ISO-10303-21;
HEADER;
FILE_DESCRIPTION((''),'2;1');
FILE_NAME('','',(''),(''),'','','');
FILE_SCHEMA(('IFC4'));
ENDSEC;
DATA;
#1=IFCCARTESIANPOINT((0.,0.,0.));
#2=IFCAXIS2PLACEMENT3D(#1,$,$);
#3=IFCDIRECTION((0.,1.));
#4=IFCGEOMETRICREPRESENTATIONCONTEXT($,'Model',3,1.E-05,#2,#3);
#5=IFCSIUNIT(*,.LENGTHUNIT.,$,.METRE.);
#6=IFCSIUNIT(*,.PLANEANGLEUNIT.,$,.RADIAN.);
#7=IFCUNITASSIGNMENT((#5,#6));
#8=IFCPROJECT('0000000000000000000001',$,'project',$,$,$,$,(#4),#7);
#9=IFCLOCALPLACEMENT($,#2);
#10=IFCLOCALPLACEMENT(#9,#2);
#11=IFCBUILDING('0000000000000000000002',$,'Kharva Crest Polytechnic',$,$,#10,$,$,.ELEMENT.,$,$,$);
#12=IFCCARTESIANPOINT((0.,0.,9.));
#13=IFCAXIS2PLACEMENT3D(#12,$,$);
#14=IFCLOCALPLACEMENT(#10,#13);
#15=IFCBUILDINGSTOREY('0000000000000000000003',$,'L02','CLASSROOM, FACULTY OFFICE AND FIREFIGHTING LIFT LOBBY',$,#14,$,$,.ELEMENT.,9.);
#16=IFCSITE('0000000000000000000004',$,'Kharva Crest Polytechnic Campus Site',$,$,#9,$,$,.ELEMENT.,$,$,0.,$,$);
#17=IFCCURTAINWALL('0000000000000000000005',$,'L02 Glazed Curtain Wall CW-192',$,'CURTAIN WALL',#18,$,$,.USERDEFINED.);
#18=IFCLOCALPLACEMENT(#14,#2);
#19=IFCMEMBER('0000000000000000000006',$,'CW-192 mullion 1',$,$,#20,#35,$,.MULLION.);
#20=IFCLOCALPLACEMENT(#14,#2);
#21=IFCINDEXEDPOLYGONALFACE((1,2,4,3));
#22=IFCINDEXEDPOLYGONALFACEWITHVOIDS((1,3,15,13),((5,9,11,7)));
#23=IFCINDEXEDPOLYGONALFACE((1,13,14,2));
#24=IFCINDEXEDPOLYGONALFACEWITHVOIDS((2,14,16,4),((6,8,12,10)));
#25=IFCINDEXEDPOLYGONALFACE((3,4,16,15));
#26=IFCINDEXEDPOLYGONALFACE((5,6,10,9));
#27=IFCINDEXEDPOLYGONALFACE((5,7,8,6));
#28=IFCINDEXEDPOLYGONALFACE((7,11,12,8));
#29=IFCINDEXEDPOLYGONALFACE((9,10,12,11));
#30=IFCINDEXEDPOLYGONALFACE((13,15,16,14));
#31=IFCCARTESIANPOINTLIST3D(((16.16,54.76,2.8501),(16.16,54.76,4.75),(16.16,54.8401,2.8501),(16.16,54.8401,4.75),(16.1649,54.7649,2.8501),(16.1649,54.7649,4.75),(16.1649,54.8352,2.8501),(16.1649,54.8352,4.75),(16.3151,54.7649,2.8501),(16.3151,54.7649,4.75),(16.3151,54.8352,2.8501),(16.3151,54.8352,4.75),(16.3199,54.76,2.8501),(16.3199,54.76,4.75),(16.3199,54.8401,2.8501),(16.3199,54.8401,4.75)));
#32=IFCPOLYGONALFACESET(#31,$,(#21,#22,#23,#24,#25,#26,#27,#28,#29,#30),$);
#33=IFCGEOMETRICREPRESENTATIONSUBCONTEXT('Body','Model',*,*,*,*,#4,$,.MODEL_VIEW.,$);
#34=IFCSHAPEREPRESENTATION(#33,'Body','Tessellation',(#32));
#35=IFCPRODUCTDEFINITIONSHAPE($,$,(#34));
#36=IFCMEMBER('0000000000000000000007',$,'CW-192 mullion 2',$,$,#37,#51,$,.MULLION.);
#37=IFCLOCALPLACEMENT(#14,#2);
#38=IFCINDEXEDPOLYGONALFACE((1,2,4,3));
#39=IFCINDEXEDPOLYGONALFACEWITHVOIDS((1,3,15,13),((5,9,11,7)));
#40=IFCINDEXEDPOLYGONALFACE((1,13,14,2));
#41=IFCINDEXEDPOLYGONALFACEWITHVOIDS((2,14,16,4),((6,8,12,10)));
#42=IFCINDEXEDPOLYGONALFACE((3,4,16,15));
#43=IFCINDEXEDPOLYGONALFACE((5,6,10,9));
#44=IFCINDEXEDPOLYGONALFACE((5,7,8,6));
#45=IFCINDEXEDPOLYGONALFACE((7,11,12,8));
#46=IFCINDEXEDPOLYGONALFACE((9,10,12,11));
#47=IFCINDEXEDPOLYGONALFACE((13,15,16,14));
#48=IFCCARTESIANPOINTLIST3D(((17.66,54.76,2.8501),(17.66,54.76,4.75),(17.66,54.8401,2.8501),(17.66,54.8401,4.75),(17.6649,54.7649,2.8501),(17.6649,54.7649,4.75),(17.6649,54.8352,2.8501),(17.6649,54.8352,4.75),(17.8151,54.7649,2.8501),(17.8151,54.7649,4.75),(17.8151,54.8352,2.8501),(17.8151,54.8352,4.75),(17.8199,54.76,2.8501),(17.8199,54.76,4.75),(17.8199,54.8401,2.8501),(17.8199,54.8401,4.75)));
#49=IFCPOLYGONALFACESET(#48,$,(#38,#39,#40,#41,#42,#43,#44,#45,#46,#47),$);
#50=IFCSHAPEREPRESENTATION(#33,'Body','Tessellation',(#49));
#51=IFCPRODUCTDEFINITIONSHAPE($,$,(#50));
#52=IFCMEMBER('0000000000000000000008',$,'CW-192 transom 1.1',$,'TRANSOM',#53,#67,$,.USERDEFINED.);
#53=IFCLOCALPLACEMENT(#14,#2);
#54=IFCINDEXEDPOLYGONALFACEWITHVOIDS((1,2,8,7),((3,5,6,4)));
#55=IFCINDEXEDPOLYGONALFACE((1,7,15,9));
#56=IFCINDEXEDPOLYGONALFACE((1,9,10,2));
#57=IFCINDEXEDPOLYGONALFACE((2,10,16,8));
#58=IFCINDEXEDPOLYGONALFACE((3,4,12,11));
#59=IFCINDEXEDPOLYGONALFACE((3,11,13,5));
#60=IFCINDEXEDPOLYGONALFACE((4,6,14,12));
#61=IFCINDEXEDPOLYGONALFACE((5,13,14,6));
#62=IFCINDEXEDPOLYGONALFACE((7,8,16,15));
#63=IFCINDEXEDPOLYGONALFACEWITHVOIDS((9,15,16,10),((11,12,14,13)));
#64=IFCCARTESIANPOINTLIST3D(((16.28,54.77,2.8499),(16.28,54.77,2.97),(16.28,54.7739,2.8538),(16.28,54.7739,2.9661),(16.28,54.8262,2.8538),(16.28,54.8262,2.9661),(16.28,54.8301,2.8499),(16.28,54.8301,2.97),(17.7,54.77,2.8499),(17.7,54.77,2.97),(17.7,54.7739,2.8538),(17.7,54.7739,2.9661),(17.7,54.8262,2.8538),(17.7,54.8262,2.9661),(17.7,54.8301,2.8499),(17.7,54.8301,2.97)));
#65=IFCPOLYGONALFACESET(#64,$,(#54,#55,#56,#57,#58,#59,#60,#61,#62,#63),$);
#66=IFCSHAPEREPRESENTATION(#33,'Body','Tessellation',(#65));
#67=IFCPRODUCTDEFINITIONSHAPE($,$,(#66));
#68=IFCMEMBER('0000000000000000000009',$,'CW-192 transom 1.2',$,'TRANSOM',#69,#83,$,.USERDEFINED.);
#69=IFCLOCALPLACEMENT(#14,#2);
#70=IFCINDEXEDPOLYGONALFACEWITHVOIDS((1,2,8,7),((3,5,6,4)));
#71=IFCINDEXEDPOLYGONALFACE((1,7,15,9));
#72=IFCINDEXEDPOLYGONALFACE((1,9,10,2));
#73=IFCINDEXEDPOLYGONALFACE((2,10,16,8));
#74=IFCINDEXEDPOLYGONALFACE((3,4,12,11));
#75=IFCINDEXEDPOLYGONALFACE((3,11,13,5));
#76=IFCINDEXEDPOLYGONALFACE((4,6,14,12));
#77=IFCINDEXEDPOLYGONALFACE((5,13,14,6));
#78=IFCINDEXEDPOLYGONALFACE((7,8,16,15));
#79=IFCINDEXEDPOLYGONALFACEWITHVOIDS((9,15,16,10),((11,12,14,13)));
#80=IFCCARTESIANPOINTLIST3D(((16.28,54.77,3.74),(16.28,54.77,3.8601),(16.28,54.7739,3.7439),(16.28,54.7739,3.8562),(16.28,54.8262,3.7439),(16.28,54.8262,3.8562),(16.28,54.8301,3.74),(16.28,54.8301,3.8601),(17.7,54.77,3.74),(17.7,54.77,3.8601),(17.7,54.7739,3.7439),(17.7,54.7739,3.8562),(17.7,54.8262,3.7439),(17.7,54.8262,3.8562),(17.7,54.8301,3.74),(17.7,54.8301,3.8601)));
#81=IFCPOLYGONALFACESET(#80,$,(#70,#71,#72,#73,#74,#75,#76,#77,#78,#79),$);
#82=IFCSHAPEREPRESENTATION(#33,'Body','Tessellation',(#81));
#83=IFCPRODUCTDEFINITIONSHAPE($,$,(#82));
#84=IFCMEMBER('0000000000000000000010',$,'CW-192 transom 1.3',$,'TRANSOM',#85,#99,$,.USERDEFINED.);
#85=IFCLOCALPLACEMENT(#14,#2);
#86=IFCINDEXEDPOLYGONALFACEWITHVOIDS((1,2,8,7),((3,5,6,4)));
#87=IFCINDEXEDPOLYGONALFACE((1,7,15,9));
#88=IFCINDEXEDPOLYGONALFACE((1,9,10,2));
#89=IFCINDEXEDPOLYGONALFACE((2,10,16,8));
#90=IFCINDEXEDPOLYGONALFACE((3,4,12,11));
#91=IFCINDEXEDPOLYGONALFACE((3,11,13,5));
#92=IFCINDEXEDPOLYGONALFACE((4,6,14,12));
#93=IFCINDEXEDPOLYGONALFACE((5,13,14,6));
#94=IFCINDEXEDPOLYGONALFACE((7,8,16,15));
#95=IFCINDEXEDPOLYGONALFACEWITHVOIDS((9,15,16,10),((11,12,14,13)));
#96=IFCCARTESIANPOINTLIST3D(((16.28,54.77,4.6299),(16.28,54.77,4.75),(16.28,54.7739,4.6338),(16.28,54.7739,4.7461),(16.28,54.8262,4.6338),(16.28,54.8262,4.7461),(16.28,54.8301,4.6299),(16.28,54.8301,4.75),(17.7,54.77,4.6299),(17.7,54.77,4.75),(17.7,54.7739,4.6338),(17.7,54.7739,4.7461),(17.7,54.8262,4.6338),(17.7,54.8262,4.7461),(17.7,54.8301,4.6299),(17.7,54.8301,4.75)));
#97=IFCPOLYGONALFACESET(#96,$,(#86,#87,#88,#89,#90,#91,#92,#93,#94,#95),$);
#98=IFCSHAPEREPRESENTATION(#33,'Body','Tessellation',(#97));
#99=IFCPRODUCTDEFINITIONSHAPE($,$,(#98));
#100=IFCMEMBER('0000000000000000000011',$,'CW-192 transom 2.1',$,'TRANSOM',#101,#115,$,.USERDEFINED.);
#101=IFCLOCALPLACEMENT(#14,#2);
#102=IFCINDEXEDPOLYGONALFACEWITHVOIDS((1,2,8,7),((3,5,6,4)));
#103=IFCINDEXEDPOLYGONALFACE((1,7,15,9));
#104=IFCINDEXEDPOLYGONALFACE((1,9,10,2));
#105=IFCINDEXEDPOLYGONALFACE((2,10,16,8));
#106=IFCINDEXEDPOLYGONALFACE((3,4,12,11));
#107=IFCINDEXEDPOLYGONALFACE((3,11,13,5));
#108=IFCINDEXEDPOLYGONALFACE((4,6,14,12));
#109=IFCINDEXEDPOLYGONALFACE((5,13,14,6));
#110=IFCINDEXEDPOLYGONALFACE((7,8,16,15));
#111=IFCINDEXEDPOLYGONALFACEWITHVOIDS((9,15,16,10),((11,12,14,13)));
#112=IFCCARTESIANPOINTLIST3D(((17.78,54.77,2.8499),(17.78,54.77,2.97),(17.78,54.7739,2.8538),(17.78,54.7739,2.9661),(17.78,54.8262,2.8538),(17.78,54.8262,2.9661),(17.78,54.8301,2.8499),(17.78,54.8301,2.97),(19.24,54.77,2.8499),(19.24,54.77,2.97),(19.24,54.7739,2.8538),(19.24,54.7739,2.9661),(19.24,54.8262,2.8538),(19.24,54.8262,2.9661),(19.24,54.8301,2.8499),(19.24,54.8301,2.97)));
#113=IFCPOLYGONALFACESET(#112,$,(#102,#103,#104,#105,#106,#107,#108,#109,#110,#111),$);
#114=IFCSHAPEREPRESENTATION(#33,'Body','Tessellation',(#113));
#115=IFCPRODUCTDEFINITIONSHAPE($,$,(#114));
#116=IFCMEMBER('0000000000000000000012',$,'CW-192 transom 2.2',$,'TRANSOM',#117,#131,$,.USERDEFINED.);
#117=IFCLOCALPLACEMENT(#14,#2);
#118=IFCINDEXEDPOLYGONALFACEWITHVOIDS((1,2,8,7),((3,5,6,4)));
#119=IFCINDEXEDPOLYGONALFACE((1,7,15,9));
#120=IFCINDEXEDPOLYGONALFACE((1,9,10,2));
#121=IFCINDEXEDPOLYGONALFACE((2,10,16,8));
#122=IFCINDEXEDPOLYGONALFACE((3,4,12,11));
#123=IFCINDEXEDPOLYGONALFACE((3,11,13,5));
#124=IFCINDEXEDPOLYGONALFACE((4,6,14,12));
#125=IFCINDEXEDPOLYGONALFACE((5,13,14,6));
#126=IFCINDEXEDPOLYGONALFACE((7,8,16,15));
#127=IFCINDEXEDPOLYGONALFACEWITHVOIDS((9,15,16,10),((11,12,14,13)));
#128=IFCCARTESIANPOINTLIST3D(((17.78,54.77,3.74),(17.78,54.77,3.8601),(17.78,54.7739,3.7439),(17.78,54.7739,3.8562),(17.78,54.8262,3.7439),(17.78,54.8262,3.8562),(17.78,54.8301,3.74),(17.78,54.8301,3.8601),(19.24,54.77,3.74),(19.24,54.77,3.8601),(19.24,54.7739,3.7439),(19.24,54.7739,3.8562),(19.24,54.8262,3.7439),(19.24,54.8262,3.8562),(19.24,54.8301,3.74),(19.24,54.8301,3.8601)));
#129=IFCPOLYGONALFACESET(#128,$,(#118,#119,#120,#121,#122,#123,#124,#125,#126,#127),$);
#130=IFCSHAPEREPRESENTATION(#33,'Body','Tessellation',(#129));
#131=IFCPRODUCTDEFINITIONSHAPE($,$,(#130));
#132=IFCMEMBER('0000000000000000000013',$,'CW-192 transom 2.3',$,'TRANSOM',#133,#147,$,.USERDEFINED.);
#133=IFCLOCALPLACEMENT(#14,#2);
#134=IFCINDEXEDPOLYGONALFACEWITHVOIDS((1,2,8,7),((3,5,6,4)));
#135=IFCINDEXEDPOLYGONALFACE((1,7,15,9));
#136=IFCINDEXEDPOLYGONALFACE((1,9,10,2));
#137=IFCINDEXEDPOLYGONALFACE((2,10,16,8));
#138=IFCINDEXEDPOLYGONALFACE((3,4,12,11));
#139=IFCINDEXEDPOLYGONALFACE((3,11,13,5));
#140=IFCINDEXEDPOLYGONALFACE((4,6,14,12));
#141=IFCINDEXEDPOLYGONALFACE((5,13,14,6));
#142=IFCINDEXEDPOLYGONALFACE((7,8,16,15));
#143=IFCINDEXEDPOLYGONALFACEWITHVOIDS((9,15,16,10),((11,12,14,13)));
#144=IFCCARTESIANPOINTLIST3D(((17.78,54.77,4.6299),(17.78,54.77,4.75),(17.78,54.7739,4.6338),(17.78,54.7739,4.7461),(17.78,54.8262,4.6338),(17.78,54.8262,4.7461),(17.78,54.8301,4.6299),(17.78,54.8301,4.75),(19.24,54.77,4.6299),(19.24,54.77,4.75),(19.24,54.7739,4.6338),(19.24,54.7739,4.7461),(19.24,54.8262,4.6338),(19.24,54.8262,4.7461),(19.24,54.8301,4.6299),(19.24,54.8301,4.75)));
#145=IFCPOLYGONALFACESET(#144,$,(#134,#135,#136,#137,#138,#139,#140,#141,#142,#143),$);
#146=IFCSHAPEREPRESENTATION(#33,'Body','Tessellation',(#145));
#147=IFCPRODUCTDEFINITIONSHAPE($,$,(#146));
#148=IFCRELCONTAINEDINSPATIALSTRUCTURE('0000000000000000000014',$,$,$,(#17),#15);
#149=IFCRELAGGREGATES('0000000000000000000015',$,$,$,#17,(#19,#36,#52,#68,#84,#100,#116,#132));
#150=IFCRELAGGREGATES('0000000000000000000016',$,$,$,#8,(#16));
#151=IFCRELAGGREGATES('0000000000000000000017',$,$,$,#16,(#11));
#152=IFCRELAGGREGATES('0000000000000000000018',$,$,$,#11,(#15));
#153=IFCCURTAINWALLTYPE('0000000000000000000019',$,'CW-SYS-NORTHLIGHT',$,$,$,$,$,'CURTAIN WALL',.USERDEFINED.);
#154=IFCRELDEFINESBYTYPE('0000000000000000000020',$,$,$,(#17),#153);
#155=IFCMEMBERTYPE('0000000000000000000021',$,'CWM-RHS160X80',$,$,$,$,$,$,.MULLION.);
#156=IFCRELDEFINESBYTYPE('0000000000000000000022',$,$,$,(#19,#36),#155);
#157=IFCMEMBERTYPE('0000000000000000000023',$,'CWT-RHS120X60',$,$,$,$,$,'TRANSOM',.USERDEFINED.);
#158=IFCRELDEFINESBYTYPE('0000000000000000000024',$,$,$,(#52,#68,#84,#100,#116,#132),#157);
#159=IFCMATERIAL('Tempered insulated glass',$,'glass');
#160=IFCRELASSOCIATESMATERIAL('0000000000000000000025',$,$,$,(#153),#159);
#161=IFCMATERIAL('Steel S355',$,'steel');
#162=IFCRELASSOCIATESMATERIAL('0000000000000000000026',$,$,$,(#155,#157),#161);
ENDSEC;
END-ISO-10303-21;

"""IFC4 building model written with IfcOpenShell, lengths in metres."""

from ifc_helpers import new_model, si_unit, direction, frame, origin, origin_2d, place, context, subcontext, project, spatial, hollow_rectangle, extrude, material, material_profile, profile_set, type_object, element, aggregate, save


model = new_model("IFC4")

# Units and contexts
model_context = context("Model", 3, precision=1e-05, world=origin(), true_north=direction((0.0, 1.0)))
body_context = subcontext(model_context, "Body", "Model", "MODEL_VIEW")
ifc_project = project(units=[si_unit("LENGTHUNIT", "METRE"), si_unit("PLANEANGLEUNIT", "RADIAN")], contexts=[model_context])

# Site, building, storey
site_placement = place(None, origin())
site = spatial("IfcSite", under=ifc_project, at=site_placement, Name="Kharva Crest Polytechnic Campus Site", CompositionType="ELEMENT", RefElevation=0.0)
building_placement = place(site_placement, origin())
building = spatial("IfcBuilding", under=site, at=building_placement, Name="Kharva Crest Polytechnic", CompositionType="ELEMENT")
storey_placement = place(building_placement, frame((0.0, 0.0, 9.0)))
storey = spatial("IfcBuildingStorey", under=building, at=storey_placement, Name="L02", Description="CLASSROOM, FACULTY OFFICE AND FIREFIGHTING LIFT LOBBY", CompositionType="ELEMENT", Elevation=9.0)

# Curtain wall, members
ifc_material_1 = material(Name="Tempered insulated glass", Category="glass")
curtain_wall_type = type_object("IfcCurtainWallType", Name="CW-SYS-NORTHLIGHT", ElementType="CURTAIN WALL", PredefinedType="USERDEFINED", material=ifc_material_1)
curtain_wall_placement = place(storey_placement, origin())
curtain_wall = element("IfcCurtainWall", 1, at=curtain_wall_placement, inside=storey, type_object=curtain_wall_type, Name="L02 Glazed Curtain Wall CW-192", ObjectType="CURTAIN WALL", PredefinedType="USERDEFINED")
ifc_material_2 = material(Name="Steel S355", Category="steel")
ifc_material_profile_1 = material_profile(ifc_material_2, hollow_rectangle(XDim=0.0801, YDim=0.1599, WallThickness=0.0049, at=origin_2d()), Name="RHS 160X80X5.0")
ifc_profile_set_1 = profile_set([ifc_material_profile_1], Name="Steel S355")
member_type_1 = type_object("IfcMemberType", Name="CWM-RHS160X80", PredefinedType="MULLION", material=ifc_profile_set_1)
member_1_placement = place(storey_placement, frame((16.24, 54.8, 2.8501), z_axis=(0.0, 0.0, 1.0), x_axis=(0.0, 1.0, 0.0)))
member_1 = element("IfcMember", 2, at=member_1_placement, type_object=member_type_1, Name="CW-192 mullion 1", PredefinedType="MULLION", context=body_context, shape_type="SweptSolid", body=[
    extrude(hollow_rectangle(XDim=0.0801, YDim=0.1599, WallThickness=0.0049, at=origin_2d()), origin(), (0.0, 0.0, 1.0), 1.8999),
])
member_2_placement = place(storey_placement, frame((17.74, 54.8, 2.8501), z_axis=(0.0, 0.0, 1.0), x_axis=(0.0, 1.0, 0.0)))
member_2 = element("IfcMember", 3, at=member_2_placement, type_object=member_type_1, Name="CW-192 mullion 2", PredefinedType="MULLION", context=body_context, shape_type="SweptSolid", body=[
    extrude(hollow_rectangle(XDim=0.0801, YDim=0.1599, WallThickness=0.0049, at=origin_2d()), origin(), (0.0, 0.0, 1.0), 1.8999),
])
ifc_material_profile_2 = material_profile(ifc_material_2, hollow_rectangle(XDim=0.0601, YDim=0.1201, WallThickness=0.0039, at=origin_2d()), Name="RHS 120X60X4.0")
ifc_profile_set_2 = profile_set([ifc_material_profile_2], Name="Steel S355")
member_type_2 = type_object("IfcMemberType", Name="CWT-RHS120X60", ElementType="TRANSOM", PredefinedType="USERDEFINED", material=ifc_profile_set_2)
member_3_placement = place(storey_placement, frame((16.28, 54.8, 2.9099), z_axis=(1.0, 0.0, 0.0), x_axis=(0.0, 1.0, 0.0)))
member_3 = element("IfcMember", 4, at=member_3_placement, type_object=member_type_2, Name="CW-192 transom 1.1", ObjectType="TRANSOM", PredefinedType="USERDEFINED", context=body_context, shape_type="SweptSolid", body=[
    extrude(hollow_rectangle(XDim=0.0601, YDim=0.1201, WallThickness=0.0039, at=origin_2d()), origin(), (0.0, 0.0, 1.0), 1.4199),
])
member_4_placement = place(storey_placement, frame((16.28, 54.8, 3.8), z_axis=(1.0, 0.0, 0.0), x_axis=(0.0, 1.0, 0.0)))
member_4 = element("IfcMember", 5, at=member_4_placement, type_object=member_type_2, Name="CW-192 transom 1.2", ObjectType="TRANSOM", PredefinedType="USERDEFINED", context=body_context, shape_type="SweptSolid", body=[
    extrude(hollow_rectangle(XDim=0.0601, YDim=0.1201, WallThickness=0.0039, at=origin_2d()), origin(), (0.0, 0.0, 1.0), 1.4199),
])
member_5_placement = place(storey_placement, frame((16.28, 54.8, 4.6899), z_axis=(1.0, 0.0, 0.0), x_axis=(0.0, 1.0, 0.0)))
member_5 = element("IfcMember", 6, at=member_5_placement, type_object=member_type_2, Name="CW-192 transom 1.3", ObjectType="TRANSOM", PredefinedType="USERDEFINED", context=body_context, shape_type="SweptSolid", body=[
    extrude(hollow_rectangle(XDim=0.0601, YDim=0.1201, WallThickness=0.0039, at=origin_2d()), origin(), (0.0, 0.0, 1.0), 1.4199),
])
member_6_placement = place(storey_placement, frame((17.78, 54.8, 2.9099), z_axis=(1.0, 0.0, 0.0), x_axis=(0.0, 1.0, 0.0)))
member_6 = element("IfcMember", 7, at=member_6_placement, type_object=member_type_2, Name="CW-192 transom 2.1", ObjectType="TRANSOM", PredefinedType="USERDEFINED", context=body_context, shape_type="SweptSolid", body=[
    extrude(hollow_rectangle(XDim=0.0601, YDim=0.1201, WallThickness=0.0039, at=origin_2d()), origin(), (0.0, 0.0, 1.0), 1.46),
])
member_7_placement = place(storey_placement, frame((17.78, 54.8, 3.8), z_axis=(1.0, 0.0, 0.0), x_axis=(0.0, 1.0, 0.0)))
member_7 = element("IfcMember", 8, at=member_7_placement, type_object=member_type_2, Name="CW-192 transom 2.2", ObjectType="TRANSOM", PredefinedType="USERDEFINED", context=body_context, shape_type="SweptSolid", body=[
    extrude(hollow_rectangle(XDim=0.0601, YDim=0.1201, WallThickness=0.0039, at=origin_2d()), origin(), (0.0, 0.0, 1.0), 1.46),
])
member_8_placement = place(storey_placement, frame((17.78, 54.8, 4.6899), z_axis=(1.0, 0.0, 0.0), x_axis=(0.0, 1.0, 0.0)))
member_8 = element("IfcMember", 9, at=member_8_placement, type_object=member_type_2, Name="CW-192 transom 2.3", ObjectType="TRANSOM", PredefinedType="USERDEFINED", context=body_context, shape_type="SweptSolid", body=[
    extrude(hollow_rectangle(XDim=0.0601, YDim=0.1201, WallThickness=0.0039, at=origin_2d()), origin(), (0.0, 0.0, 1.0), 1.46),
])

aggregate(curtain_wall, [member_1, member_2, member_3, member_4, member_5, member_6, member_7, member_8])

save(model, "model.ifc")
